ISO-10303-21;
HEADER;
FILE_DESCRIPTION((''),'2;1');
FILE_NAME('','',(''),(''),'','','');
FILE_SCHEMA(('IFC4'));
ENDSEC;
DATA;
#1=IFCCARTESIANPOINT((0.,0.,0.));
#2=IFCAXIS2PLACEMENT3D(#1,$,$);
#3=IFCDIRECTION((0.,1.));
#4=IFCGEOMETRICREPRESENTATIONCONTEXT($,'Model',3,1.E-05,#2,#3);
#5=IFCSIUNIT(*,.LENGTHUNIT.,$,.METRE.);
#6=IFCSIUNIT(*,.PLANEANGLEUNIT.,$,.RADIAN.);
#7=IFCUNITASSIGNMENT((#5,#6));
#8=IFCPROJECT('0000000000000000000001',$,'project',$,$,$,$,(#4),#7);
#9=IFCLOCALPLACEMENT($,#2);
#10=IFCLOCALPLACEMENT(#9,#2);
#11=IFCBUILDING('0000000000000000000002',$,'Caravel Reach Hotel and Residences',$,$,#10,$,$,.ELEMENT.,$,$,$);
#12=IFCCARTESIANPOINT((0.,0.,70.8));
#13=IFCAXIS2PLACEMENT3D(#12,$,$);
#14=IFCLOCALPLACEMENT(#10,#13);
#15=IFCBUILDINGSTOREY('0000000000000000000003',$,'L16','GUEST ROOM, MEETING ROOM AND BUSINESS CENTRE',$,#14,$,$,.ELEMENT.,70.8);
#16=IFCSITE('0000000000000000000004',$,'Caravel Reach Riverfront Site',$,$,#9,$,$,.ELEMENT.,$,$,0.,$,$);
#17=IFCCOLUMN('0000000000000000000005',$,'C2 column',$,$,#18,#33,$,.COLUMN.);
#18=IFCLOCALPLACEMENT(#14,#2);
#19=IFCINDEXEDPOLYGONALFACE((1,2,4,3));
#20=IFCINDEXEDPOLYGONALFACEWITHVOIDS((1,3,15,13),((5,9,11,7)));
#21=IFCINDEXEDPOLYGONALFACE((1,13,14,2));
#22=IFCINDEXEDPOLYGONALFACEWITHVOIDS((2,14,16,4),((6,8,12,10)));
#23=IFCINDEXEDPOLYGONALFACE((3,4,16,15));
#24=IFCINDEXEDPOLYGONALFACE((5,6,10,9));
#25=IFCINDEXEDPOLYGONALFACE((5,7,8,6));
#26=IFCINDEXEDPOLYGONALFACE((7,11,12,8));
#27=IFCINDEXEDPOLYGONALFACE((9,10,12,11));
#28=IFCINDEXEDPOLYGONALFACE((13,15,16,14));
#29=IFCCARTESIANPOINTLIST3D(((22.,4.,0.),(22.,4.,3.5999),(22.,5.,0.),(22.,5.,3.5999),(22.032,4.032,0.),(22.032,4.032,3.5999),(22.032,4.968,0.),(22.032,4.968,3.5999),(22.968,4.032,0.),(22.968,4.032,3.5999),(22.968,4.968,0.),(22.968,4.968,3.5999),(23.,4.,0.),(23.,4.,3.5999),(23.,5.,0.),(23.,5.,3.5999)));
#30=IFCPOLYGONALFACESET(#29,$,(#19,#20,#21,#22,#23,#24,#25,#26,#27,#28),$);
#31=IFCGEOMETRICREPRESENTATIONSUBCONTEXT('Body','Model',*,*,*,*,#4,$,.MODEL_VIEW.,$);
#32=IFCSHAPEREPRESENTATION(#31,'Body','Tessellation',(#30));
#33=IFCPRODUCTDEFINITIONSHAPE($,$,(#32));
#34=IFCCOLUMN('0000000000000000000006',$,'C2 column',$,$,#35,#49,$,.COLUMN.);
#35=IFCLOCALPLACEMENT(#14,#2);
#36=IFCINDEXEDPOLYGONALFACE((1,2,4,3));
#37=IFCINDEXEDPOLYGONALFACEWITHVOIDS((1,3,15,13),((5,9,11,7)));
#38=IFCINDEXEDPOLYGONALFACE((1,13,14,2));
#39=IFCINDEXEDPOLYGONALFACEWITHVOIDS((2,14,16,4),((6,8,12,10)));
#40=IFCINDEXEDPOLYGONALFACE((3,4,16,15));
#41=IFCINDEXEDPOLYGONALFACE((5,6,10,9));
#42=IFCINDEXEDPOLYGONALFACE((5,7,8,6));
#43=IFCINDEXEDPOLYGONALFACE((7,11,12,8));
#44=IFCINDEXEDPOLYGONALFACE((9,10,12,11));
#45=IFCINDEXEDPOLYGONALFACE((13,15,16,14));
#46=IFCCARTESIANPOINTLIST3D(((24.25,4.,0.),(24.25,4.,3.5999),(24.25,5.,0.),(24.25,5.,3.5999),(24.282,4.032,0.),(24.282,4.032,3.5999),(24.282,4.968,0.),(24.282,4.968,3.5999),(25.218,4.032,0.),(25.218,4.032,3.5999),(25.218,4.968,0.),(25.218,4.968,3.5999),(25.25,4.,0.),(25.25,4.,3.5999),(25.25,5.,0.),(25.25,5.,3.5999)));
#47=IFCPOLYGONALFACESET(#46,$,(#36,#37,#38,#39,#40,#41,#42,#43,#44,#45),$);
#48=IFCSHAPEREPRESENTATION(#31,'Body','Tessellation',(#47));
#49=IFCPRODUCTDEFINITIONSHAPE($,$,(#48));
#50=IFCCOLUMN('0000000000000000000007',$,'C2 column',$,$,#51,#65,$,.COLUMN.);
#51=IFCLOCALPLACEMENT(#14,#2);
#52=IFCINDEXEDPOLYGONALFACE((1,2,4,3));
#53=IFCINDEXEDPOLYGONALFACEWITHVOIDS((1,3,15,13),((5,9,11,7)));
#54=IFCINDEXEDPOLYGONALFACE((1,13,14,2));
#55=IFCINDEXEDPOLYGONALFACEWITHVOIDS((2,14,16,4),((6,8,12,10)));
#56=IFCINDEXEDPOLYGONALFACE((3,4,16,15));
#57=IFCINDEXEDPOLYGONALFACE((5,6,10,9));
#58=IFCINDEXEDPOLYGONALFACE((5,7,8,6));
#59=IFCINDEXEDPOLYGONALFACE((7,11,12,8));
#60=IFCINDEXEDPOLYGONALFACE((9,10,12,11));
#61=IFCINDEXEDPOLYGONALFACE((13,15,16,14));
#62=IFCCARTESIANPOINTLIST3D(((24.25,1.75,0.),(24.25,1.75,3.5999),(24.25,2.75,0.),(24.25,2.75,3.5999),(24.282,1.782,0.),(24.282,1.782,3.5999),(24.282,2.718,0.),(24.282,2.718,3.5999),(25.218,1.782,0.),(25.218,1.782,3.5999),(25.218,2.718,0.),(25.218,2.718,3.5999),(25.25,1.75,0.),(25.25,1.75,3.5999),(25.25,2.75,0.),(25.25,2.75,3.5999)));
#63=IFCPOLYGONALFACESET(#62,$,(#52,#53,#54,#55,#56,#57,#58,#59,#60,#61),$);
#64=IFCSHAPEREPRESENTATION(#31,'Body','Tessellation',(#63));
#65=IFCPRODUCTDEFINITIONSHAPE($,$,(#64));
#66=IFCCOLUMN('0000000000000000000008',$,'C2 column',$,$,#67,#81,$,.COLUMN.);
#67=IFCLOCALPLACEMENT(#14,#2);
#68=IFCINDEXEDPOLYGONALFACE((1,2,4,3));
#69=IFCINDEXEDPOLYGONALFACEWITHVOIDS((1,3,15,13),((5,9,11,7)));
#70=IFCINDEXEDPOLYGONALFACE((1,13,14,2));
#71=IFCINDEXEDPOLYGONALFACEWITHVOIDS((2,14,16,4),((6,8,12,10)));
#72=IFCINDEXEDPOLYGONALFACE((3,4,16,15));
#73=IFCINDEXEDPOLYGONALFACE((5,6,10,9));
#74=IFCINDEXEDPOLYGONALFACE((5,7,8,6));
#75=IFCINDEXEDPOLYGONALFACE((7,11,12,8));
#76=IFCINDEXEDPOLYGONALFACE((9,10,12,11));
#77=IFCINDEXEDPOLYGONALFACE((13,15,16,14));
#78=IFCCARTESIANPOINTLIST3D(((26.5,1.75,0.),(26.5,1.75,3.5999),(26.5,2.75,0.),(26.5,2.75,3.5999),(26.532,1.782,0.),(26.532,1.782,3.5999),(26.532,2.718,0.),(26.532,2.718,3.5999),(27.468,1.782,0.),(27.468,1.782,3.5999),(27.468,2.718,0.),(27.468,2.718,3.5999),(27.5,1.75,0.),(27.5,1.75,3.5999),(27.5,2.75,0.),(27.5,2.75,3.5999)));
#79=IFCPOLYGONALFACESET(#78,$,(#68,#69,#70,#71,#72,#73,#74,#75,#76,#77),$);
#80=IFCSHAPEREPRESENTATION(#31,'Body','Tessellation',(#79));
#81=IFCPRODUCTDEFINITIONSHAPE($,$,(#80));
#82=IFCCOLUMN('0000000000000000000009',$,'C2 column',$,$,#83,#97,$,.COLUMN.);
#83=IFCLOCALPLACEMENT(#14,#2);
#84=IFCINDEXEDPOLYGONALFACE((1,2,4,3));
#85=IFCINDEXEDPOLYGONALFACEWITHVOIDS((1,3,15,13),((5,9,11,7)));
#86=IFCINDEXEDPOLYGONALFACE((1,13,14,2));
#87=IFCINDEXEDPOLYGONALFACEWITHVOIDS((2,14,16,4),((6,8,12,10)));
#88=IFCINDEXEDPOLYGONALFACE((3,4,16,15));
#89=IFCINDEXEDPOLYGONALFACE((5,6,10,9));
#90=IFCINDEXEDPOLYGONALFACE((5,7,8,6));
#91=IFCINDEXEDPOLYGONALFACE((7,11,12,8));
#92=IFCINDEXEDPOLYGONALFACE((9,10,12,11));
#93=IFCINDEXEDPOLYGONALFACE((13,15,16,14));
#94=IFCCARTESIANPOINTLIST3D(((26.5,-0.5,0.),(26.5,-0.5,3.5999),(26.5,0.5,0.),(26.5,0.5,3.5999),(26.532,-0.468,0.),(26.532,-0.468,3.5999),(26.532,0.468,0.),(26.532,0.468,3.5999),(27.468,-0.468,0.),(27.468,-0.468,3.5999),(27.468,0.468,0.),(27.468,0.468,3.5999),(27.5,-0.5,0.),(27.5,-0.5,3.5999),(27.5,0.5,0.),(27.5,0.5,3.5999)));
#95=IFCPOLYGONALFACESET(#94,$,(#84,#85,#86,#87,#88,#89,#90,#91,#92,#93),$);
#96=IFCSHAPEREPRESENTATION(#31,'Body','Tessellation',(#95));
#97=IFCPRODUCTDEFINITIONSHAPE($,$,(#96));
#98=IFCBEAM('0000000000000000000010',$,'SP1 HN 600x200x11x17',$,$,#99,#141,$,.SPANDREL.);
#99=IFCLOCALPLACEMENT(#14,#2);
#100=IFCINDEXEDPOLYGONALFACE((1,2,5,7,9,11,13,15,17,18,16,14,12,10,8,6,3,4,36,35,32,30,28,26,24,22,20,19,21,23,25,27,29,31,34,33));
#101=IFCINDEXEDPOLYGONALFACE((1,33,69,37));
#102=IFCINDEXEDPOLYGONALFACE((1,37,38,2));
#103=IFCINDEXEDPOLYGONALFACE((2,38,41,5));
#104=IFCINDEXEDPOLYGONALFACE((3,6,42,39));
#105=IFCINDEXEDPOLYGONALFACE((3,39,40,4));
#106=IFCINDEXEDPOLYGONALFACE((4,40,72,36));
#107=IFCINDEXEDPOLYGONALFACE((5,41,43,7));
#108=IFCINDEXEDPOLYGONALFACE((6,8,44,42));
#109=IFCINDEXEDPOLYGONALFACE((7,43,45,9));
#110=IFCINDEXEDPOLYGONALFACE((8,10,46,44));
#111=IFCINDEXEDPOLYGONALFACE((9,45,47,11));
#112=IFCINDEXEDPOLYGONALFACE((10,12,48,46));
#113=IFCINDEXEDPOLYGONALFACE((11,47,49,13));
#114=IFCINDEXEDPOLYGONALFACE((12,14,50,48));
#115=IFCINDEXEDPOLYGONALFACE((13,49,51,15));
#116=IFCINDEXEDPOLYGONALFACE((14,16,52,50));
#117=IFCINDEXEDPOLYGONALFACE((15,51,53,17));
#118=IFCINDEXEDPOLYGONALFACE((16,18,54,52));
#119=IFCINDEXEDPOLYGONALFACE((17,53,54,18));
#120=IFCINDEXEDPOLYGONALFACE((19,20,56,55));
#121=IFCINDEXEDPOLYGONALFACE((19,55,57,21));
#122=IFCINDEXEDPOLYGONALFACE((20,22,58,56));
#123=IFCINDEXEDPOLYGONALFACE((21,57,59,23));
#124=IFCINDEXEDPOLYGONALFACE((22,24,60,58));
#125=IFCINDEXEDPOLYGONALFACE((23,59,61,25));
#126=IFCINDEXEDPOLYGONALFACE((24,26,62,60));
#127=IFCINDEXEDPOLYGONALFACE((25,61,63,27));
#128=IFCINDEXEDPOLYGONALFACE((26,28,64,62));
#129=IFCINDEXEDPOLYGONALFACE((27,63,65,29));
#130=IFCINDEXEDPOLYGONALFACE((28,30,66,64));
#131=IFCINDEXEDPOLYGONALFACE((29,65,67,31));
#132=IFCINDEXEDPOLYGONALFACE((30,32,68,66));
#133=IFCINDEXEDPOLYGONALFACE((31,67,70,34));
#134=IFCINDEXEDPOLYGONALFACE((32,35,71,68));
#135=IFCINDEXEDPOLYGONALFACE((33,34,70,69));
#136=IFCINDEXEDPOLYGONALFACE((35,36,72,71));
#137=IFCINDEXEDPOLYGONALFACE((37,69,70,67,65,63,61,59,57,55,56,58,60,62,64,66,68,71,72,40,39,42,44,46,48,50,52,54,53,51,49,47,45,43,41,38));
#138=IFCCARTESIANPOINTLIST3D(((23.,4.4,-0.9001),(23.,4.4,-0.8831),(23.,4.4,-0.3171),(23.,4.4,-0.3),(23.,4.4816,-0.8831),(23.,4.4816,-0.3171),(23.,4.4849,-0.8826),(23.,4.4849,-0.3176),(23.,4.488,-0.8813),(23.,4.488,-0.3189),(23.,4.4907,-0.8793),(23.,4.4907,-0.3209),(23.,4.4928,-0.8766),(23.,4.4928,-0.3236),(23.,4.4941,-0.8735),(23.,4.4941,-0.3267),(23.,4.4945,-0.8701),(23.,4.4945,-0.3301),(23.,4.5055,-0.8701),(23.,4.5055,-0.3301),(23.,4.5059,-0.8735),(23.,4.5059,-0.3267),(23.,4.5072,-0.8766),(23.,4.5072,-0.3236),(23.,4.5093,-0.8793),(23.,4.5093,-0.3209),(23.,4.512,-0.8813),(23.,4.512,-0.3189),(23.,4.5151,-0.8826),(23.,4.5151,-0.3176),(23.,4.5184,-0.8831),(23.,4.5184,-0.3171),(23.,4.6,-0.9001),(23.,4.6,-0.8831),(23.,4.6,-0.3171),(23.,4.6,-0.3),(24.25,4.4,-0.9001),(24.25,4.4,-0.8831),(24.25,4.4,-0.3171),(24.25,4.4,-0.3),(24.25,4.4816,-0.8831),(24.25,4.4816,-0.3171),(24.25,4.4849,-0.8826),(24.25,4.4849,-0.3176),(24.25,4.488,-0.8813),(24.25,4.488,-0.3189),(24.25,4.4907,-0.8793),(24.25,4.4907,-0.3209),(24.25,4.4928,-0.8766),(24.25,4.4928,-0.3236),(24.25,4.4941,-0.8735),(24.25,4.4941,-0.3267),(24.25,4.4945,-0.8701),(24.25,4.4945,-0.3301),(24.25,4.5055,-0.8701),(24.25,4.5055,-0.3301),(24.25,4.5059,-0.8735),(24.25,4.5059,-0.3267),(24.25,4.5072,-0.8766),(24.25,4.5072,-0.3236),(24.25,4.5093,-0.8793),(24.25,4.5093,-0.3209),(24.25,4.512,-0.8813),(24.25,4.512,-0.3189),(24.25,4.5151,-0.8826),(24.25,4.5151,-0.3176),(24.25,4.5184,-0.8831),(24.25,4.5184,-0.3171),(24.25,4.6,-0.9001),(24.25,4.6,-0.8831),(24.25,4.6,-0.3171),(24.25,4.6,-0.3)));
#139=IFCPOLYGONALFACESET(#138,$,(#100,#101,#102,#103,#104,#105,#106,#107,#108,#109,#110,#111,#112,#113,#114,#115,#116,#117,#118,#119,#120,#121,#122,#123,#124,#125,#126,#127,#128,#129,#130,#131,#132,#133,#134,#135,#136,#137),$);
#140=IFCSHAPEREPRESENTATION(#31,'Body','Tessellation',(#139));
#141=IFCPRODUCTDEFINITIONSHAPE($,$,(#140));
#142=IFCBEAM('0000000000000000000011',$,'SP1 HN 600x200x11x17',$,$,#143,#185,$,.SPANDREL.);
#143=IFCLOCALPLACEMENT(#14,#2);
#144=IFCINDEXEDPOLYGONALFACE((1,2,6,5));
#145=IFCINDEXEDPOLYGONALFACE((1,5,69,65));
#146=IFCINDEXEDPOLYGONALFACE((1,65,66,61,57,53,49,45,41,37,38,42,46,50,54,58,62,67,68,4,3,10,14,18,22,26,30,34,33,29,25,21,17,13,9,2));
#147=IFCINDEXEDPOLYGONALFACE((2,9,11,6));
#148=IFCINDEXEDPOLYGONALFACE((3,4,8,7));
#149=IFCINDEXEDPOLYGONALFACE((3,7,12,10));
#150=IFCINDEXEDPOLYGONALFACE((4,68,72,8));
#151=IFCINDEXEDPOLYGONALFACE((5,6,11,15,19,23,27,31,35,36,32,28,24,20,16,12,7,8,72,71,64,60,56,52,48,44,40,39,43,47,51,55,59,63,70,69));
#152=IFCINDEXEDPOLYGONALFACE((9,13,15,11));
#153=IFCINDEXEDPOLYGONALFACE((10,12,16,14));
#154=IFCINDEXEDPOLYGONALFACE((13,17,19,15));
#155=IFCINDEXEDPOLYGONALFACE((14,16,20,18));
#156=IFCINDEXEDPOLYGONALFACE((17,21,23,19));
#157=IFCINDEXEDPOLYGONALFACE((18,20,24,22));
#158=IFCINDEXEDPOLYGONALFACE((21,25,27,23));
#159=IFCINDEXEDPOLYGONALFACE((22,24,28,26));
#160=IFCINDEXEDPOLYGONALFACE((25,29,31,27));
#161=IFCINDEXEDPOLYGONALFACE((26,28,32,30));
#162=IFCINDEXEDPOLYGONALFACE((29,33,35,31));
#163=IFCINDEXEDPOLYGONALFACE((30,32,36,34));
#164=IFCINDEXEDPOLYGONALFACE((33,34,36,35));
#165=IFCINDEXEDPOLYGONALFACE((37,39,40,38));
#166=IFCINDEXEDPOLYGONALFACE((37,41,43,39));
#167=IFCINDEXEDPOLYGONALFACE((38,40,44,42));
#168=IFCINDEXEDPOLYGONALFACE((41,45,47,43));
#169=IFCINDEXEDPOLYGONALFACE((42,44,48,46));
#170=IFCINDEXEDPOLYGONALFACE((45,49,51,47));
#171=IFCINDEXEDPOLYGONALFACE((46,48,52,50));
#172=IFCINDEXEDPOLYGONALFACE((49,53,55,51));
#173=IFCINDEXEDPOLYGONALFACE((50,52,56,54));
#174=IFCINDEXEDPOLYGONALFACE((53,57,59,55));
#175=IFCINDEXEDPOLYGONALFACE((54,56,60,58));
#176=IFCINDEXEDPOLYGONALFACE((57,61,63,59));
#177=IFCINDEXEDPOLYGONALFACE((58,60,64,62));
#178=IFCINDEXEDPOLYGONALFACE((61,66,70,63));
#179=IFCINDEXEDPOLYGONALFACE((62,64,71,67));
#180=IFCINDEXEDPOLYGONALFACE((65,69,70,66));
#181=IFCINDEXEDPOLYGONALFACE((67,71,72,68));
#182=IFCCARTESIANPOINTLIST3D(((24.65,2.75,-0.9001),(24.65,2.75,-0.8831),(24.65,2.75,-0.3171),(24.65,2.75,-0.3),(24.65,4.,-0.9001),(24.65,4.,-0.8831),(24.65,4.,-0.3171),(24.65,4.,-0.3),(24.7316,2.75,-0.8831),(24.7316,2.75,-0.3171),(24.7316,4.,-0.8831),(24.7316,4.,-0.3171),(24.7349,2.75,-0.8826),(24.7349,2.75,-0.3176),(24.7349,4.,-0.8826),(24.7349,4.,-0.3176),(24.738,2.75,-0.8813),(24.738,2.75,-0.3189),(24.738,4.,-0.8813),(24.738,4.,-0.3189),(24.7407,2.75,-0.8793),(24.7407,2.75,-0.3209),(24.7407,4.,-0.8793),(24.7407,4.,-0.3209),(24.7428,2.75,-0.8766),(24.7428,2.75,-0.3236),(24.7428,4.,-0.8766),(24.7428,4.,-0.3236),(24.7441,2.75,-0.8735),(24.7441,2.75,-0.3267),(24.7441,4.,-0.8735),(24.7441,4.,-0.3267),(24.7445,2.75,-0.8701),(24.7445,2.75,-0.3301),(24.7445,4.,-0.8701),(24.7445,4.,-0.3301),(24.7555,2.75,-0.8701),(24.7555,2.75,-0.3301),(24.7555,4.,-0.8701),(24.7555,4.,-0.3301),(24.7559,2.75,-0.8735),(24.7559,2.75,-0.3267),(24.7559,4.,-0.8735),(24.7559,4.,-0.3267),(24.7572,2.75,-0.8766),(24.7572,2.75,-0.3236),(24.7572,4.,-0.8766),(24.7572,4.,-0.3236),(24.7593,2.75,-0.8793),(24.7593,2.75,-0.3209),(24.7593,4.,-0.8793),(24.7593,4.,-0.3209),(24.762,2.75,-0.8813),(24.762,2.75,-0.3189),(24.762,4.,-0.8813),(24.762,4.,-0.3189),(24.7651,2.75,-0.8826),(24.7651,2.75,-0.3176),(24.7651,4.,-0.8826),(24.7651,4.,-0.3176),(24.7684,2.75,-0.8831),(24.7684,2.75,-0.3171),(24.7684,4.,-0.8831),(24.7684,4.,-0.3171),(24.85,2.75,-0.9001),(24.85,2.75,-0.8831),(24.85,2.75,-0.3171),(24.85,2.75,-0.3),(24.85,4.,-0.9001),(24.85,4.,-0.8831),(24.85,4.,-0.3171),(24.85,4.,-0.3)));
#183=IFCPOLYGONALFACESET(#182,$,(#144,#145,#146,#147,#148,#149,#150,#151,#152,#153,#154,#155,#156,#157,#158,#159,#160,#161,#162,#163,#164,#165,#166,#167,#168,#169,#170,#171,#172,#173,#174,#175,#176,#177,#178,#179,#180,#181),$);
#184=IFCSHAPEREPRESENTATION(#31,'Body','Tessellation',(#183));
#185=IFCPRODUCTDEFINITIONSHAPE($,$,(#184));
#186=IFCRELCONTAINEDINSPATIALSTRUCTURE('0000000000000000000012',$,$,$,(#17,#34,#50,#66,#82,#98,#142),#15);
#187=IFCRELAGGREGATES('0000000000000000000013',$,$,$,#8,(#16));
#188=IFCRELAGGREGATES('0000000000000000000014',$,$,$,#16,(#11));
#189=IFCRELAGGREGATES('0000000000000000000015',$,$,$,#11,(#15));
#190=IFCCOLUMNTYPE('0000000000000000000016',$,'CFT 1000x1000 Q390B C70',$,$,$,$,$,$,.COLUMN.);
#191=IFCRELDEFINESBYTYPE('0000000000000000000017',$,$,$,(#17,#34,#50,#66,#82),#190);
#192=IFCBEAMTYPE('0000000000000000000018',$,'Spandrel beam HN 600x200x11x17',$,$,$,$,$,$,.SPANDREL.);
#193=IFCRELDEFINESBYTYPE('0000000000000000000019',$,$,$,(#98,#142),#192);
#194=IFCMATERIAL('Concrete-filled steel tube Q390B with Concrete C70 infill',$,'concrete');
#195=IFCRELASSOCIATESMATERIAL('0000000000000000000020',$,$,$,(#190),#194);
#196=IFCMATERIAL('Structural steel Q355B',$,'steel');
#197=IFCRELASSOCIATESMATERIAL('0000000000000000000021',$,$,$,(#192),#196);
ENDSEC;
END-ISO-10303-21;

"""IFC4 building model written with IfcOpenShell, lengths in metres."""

from ifc_helpers import new_model, si_unit, direction, frame, origin, origin_2d, place, context, subcontext, project, spatial, hollow_rectangle, i_section, extrude, material, material_profile, profile_set, type_object, element, save


model = new_model("IFC4")

# Units and contexts
model_context = context("Model", 3, precision=1e-05, world=origin(), true_north=direction((0.0, 1.0)))
body_context = subcontext(model_context, "Body", "Model", "MODEL_VIEW")
ifc_project = project(units=[si_unit("LENGTHUNIT", "METRE"), si_unit("PLANEANGLEUNIT", "RADIAN")], contexts=[model_context])

# Site, building, storey
site_placement = place(None, origin())
site = spatial("IfcSite", under=ifc_project, at=site_placement, Name="Caravel Reach Riverfront Site", CompositionType="ELEMENT", RefElevation=0.0)
building_placement = place(site_placement, origin())
building = spatial("IfcBuilding", under=site, at=building_placement, Name="Caravel Reach Hotel and Residences", CompositionType="ELEMENT")
storey_placement = place(building_placement, frame((0.0, 0.0, 70.8)))
storey = spatial("IfcBuildingStorey", under=building, at=storey_placement, Name="L16", Description="GUEST ROOM, MEETING ROOM AND BUSINESS CENTRE", CompositionType="ELEMENT", Elevation=70.8)

# Columns
ifc_material_1 = material(Name="Concrete-filled steel tube Q390B with Concrete C70 infill", Category="concrete")
ifc_material_profile_1 = material_profile(ifc_material_1, hollow_rectangle(XDim=1.0, YDim=1.0, WallThickness=0.032, at=origin_2d()), Name="RHS 1000x1000x32")
ifc_profile_set_1 = profile_set([ifc_material_profile_1], Name="Concrete-filled steel tube Q390B with Concrete C70 infill")
column_type = type_object("IfcColumnType", Name="CFT 1000x1000 Q390B C70", PredefinedType="COLUMN", material=ifc_profile_set_1)
for number, where, z_axis, x_axis, name in (
    (1, (22.5, 4.5, 0.0), (0.0, 0.0, 1.0), (1.0, 0.0, 0.0), "C2 column"),
    (2, (24.75, 4.5, 0.0), (0.0, 0.0, 1.0), (1.0, 0.0, 0.0), "C2 column"),
    (3, (24.75, 2.25, 0.0), (0.0, 0.0, 1.0), (1.0, 0.0, 0.0), "C2 column"),
    (4, (27.0, 2.25, 0.0), (0.0, 0.0, 1.0), (1.0, 0.0, 0.0), "C2 column"),
    (5, (27.0, 0.0, 0.0), (0.0, 0.0, 1.0), (1.0, 0.0, 0.0), "C2 column"),
):
    element("IfcColumn", number, at=place(storey_placement, frame(where, z_axis=z_axis, x_axis=x_axis)), inside=storey, type_object=column_type, Name=name, PredefinedType="COLUMN", context=body_context, shape_type="SweptSolid", body=[
        extrude(hollow_rectangle(XDim=1.0, YDim=1.0, WallThickness=0.032, at=origin_2d()), origin(), (0.0, 0.0, 1.0), 3.5999),
    ])

# Beams
ifc_material_2 = material(Name="Structural steel Q355B", Category="steel")
ifc_material_profile_2 = material_profile(ifc_material_2, i_section(OverallWidth=0.2, OverallDepth=0.6001, WebThickness=0.011, FlangeThickness=0.0171, FilletRadius=0.0129, at=origin_2d()), Name="HN 600x200x11x17")
ifc_profile_set_2 = profile_set([ifc_material_profile_2], Name="Structural steel Q355B")
beam_type = type_object("IfcBeamType", Name="Spandrel beam HN 600x200x11x17", PredefinedType="SPANDREL", material=ifc_profile_set_2)
for number, where, z_axis, x_axis, name in (
    (6, (23.0, 4.5, -0.6001), (1.0, 0.0, 0.0), (0.0, 1.0, 0.0), "SP1 HN 600x200x11x17"),
    (7, (24.75, 4.0, -0.6001), (0.0, -1.0, 0.0), (1.0, 0.0, 0.0), "SP1 HN 600x200x11x17"),
):
    element("IfcBeam", number, at=place(storey_placement, frame(where, z_axis=z_axis, x_axis=x_axis)), inside=storey, type_object=beam_type, Name=name, PredefinedType="SPANDREL", context=body_context, shape_type="SweptSolid", body=[
        extrude(i_section(OverallWidth=0.2, OverallDepth=0.6001, WebThickness=0.011, FlangeThickness=0.0171, FilletRadius=0.0129, at=origin_2d()), origin(), (0.0, 0.0, 1.0), 1.25),
    ])

save(model, "model.ifc")
